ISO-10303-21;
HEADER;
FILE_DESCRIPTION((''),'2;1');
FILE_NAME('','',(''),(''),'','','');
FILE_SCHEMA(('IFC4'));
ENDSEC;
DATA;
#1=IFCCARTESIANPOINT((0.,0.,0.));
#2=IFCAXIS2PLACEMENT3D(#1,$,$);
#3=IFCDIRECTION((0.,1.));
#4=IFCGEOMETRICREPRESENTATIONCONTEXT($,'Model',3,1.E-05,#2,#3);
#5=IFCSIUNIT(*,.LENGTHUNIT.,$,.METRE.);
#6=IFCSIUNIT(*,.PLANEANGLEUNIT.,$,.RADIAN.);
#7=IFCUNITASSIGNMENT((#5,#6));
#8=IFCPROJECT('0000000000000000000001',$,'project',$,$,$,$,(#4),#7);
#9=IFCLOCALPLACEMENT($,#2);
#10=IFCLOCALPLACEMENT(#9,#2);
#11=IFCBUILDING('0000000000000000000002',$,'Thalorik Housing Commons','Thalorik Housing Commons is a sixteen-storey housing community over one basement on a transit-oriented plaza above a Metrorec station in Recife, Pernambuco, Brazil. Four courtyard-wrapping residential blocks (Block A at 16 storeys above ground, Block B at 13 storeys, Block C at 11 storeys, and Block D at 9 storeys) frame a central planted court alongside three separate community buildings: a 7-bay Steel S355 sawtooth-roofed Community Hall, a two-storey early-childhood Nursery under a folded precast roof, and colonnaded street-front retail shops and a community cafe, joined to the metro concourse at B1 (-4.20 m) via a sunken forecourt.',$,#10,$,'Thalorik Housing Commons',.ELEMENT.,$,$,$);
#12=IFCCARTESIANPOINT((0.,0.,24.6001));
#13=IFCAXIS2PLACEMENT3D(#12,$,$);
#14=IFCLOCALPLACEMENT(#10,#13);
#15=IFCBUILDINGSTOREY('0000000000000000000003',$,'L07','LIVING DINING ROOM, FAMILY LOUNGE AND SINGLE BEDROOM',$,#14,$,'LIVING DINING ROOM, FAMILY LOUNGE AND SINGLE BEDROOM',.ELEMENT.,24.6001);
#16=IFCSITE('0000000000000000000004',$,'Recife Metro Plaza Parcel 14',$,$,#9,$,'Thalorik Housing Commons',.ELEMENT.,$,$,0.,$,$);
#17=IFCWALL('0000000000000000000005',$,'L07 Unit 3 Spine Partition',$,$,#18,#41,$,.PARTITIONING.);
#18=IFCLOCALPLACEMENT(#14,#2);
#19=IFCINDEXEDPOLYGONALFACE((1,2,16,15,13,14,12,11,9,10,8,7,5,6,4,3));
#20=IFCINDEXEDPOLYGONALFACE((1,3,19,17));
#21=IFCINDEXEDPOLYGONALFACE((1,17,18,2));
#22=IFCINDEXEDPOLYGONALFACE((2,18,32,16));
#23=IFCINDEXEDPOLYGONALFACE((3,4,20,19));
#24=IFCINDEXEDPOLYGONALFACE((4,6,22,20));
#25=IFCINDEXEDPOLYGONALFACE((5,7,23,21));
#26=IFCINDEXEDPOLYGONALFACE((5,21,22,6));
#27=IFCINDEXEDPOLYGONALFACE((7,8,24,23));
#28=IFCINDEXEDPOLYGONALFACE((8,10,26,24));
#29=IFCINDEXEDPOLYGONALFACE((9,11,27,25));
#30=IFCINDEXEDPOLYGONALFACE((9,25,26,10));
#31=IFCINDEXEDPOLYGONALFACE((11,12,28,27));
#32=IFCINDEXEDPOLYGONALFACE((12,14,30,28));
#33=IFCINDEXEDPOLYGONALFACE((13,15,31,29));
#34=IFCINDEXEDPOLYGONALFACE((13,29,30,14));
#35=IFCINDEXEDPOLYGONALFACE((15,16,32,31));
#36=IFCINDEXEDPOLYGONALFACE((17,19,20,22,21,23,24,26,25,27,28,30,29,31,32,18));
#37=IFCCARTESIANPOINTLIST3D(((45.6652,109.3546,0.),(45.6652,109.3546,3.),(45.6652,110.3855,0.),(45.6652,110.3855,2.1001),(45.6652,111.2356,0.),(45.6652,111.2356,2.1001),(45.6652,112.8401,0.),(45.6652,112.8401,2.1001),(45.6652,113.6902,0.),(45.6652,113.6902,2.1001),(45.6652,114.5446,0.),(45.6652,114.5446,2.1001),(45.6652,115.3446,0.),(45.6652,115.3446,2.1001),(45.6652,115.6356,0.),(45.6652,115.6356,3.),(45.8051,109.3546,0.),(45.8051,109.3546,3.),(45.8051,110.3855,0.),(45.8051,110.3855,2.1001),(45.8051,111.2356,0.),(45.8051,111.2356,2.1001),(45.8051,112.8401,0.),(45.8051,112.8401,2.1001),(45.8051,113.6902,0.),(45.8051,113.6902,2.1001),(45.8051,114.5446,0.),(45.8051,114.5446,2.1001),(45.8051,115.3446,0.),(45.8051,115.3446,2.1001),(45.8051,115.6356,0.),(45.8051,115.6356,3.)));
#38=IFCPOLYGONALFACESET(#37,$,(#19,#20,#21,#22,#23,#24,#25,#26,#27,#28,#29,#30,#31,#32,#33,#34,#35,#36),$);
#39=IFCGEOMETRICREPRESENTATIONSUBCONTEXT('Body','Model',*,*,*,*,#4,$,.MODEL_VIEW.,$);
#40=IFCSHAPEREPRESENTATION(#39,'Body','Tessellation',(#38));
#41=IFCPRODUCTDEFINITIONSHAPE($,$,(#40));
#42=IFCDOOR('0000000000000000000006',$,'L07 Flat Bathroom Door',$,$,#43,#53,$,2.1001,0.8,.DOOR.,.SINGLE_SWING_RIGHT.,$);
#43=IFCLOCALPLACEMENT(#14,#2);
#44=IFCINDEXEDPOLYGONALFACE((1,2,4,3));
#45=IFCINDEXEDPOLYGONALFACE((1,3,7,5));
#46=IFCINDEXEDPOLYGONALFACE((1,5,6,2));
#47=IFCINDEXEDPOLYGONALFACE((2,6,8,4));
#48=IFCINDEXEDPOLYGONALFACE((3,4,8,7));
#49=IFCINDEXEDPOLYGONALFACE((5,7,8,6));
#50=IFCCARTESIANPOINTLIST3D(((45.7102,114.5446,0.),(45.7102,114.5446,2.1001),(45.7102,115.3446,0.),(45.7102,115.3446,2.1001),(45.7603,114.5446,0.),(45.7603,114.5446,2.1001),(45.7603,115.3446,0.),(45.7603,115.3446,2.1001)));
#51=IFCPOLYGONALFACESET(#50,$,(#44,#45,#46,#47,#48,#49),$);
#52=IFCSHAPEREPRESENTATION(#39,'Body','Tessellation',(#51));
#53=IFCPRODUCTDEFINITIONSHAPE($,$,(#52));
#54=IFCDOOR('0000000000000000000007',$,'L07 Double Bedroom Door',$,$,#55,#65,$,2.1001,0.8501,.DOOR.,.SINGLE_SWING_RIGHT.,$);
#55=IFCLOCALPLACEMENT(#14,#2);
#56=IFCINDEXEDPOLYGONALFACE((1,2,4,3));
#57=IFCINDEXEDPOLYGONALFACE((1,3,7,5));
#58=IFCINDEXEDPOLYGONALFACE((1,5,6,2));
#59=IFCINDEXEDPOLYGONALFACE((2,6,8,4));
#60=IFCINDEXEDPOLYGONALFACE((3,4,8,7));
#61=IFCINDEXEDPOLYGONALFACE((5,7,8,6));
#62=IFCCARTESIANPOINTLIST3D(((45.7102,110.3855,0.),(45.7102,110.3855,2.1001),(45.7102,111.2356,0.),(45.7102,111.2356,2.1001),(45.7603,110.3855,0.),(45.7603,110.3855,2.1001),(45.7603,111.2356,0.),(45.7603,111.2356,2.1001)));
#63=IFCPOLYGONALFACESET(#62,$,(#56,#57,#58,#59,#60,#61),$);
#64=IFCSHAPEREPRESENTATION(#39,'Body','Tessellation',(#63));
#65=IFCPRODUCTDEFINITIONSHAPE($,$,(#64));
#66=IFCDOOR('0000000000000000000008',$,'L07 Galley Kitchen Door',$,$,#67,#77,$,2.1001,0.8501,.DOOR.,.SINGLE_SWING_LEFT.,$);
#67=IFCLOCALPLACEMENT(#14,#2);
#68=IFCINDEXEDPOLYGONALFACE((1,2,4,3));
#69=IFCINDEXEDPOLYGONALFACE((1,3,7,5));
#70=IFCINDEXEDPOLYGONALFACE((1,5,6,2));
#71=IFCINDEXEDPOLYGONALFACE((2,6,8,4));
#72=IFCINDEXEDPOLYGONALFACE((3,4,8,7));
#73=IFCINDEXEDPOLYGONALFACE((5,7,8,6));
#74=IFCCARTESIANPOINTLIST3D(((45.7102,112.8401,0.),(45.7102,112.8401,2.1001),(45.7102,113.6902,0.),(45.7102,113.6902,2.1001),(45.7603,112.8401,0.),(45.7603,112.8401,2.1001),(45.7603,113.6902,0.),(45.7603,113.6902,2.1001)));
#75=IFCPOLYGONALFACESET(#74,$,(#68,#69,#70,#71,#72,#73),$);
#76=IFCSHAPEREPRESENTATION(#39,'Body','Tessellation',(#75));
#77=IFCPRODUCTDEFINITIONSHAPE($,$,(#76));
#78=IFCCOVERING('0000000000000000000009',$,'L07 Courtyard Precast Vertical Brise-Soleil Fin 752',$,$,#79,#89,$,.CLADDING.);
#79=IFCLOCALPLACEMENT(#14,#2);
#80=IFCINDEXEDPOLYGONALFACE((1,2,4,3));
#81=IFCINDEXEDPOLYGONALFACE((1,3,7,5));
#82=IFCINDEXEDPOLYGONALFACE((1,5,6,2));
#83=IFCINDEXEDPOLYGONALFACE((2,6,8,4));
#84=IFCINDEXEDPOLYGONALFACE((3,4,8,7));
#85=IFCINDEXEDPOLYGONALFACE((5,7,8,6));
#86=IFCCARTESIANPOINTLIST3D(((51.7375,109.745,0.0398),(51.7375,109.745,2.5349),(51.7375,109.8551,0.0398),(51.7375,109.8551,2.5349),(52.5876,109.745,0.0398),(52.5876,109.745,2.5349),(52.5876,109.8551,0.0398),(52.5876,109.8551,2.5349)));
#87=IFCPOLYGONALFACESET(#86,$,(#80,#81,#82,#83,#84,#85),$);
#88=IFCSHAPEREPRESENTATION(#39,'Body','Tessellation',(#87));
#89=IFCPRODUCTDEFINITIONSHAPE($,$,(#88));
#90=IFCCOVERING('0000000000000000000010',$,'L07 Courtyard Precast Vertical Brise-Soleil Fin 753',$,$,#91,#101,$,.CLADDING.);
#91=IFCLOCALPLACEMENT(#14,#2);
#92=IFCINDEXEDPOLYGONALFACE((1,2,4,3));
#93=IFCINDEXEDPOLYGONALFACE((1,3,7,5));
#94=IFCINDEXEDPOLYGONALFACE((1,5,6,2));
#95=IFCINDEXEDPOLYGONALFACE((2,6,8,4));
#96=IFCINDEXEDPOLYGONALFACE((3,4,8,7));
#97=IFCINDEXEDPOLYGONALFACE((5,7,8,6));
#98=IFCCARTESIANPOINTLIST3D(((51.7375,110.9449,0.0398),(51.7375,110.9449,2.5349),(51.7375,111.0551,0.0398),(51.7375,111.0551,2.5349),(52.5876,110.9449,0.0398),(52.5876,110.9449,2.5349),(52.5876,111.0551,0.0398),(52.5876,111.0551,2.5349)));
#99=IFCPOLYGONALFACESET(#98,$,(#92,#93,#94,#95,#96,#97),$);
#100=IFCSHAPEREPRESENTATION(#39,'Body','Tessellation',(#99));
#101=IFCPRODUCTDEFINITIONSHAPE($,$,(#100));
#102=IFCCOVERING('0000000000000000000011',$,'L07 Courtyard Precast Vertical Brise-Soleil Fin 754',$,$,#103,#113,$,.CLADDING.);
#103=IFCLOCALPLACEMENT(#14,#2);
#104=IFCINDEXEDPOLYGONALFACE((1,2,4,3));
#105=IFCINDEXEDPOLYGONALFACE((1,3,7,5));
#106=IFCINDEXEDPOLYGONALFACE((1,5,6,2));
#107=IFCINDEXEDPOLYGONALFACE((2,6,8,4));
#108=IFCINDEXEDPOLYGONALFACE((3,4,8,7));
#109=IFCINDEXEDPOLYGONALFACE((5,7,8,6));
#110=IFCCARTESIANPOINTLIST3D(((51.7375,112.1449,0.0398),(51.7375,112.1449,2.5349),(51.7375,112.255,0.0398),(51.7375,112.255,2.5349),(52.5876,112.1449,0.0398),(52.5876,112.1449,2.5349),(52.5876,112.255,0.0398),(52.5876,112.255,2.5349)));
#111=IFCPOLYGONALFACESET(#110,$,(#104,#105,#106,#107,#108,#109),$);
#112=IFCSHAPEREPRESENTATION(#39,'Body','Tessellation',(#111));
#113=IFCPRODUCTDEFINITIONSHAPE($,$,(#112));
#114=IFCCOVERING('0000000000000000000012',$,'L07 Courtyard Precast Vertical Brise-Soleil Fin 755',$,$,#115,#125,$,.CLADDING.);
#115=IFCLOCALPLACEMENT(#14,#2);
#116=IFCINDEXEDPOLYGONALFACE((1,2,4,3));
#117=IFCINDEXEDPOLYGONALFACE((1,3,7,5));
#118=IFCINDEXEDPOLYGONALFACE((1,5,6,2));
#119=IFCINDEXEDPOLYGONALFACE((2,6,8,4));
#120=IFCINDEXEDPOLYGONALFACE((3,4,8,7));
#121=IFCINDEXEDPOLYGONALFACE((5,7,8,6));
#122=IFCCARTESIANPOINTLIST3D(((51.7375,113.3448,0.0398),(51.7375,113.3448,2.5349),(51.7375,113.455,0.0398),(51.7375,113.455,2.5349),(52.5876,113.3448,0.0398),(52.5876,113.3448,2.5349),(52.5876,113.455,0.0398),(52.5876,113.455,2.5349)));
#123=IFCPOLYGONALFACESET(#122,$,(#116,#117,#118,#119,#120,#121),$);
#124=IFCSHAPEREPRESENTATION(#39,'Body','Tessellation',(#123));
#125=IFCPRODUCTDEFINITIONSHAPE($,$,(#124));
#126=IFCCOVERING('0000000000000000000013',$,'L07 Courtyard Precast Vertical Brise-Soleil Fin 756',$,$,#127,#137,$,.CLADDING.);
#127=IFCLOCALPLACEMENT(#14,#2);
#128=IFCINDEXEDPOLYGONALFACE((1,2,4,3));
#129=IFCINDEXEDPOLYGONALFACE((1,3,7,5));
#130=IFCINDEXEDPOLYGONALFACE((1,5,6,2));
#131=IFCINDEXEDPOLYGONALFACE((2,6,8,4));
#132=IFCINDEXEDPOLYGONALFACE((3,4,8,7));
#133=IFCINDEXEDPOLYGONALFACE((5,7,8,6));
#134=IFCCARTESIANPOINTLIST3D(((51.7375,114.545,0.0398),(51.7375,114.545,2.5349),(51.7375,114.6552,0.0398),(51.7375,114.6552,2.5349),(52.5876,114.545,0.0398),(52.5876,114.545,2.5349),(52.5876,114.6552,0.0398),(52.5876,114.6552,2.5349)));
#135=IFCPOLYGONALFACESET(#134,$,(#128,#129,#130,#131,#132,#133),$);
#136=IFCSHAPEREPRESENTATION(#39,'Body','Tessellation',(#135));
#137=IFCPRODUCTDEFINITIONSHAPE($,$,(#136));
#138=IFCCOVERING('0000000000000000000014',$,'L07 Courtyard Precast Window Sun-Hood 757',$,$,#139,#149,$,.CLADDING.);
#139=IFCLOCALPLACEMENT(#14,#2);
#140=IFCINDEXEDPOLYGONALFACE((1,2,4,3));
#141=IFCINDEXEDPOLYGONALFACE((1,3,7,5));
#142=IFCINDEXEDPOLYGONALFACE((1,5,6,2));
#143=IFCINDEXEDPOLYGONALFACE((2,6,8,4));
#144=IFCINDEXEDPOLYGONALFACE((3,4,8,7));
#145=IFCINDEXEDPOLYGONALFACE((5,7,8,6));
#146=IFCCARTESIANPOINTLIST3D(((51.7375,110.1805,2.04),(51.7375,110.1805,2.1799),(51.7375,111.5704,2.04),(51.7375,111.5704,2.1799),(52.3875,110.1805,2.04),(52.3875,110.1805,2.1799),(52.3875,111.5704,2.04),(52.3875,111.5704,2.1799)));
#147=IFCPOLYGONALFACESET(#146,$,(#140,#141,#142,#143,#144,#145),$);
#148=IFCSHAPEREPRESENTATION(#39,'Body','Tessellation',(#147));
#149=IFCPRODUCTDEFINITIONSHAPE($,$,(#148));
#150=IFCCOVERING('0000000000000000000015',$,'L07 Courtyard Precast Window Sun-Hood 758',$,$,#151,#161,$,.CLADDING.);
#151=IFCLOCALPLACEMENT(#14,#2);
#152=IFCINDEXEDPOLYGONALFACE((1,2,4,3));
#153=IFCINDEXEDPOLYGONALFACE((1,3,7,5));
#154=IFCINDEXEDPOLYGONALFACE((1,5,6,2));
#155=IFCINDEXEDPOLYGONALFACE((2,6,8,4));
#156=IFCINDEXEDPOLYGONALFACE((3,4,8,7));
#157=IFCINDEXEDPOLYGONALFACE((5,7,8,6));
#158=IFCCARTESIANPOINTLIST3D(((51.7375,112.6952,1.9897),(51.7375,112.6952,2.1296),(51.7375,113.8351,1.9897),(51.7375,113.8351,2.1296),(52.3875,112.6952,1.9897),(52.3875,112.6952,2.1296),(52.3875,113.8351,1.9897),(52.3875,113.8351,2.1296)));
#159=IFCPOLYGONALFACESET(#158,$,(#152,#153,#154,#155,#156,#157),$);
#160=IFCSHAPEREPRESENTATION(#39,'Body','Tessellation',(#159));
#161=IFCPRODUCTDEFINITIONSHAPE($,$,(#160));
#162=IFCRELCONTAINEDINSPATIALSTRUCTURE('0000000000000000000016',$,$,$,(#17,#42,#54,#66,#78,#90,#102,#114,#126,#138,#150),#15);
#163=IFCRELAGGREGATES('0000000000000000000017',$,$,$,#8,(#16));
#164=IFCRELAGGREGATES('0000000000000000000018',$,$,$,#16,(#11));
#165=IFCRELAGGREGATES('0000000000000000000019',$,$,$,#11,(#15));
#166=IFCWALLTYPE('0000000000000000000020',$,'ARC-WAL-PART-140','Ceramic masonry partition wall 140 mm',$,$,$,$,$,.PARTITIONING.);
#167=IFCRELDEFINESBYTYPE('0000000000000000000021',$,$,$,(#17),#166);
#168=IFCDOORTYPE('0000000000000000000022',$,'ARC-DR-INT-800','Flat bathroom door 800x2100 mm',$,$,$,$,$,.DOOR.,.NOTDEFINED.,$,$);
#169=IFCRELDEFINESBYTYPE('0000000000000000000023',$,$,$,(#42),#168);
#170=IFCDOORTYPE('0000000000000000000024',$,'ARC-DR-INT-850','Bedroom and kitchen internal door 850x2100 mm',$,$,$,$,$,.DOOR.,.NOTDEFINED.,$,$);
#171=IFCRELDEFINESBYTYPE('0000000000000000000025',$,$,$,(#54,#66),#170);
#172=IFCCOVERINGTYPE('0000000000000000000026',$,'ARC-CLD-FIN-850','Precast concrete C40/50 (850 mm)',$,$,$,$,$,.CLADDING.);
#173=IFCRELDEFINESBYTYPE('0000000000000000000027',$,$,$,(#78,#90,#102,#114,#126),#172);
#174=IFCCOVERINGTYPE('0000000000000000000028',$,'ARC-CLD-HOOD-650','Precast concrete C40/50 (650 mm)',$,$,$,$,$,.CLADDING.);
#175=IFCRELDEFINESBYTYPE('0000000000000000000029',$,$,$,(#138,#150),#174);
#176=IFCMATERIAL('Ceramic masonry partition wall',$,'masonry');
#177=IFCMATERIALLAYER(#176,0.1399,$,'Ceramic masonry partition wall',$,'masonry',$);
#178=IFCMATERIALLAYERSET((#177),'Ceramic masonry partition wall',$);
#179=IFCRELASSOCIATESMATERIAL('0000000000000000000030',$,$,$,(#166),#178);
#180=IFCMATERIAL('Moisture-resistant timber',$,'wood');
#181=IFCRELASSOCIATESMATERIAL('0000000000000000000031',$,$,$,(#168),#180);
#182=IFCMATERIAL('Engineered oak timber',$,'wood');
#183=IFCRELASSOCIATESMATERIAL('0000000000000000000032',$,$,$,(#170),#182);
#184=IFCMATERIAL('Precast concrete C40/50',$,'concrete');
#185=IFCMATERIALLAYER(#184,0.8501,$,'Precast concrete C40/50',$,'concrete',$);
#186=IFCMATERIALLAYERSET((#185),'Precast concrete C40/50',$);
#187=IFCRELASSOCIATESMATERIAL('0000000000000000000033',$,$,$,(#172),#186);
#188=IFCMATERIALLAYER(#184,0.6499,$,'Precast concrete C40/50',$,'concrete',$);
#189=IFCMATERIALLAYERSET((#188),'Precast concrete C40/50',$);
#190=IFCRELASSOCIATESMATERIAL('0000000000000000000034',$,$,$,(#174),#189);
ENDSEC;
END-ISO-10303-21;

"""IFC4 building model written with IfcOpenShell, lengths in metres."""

from ifc_helpers import new_model, si_unit, direction, frame, frame_2d, origin, origin_2d, place, context, subcontext, project, spatial, rectangle, extrude, material, layer, layer_set, type_object, element, fill, save


model = new_model("IFC4")

# Units and contexts
model_context = context("Model", 3, precision=1e-05, world=origin(), true_north=direction((0.0, 1.0)))
body_context = subcontext(model_context, "Body", "Model", "MODEL_VIEW")
ifc_project = project(units=[si_unit("LENGTHUNIT", "METRE"), si_unit("PLANEANGLEUNIT", "RADIAN")], contexts=[model_context])

# Site, building, storey
site_placement = place(None, origin())
site = spatial("IfcSite", under=ifc_project, at=site_placement, Name="Recife Metro Plaza Parcel 14", LongName="Thalorik Housing Commons", CompositionType="ELEMENT", RefElevation=0.0)
building_placement = place(site_placement, origin())
building = spatial("IfcBuilding", under=site, at=building_placement, Name="Thalorik Housing Commons", Description="Thalorik Housing Commons is a sixteen-storey housing community over one basement on a transit-oriented plaza above a Metrorec station in Recife, Pernambuco, Brazil. Four courtyard-wrapping residential blocks (Block A at 16 storeys above ground, Block B at 13 storeys, Block C at 11 storeys, and Block D at 9 storeys) frame a central planted court alongside three separate community buildings: a 7-bay Steel S355 sawtooth-roofed Community Hall, a two-storey early-childhood Nursery under a folded precast roof, and colonnaded street-front retail shops and a community cafe, joined to the metro concourse at B1 (-4.20 m) via a sunken forecourt.", LongName="Thalorik Housing Commons", CompositionType="ELEMENT")
storey_placement = place(building_placement, frame((0.0, 0.0, 24.6001)))
storey = spatial("IfcBuildingStorey", under=building, at=storey_placement, Name="L07", Description="LIVING DINING ROOM, FAMILY LOUNGE AND SINGLE BEDROOM", LongName="LIVING DINING ROOM, FAMILY LOUNGE AND SINGLE BEDROOM", CompositionType="ELEMENT", Elevation=24.6001)

# Shared definitions
ifc_material_1 = material(Name="Precast concrete C40/50", Category="concrete")

# Wall, openings, doors
ifc_material_2 = material(Name="Ceramic masonry partition wall", Category="masonry")
ifc_layer_1 = layer(ifc_material_2, 0.1399, Name="Ceramic masonry partition wall", Category="masonry")
ifc_layer_set_1 = layer_set([ifc_layer_1], Name="Ceramic masonry partition wall")
wall_type_1 = type_object("IfcWallType", Name="ARC-WAL-PART-140", Description="Ceramic masonry partition wall 140 mm", PredefinedType="PARTITIONING", material=ifc_layer_set_1)
wall_1_placement = place(storey_placement, frame((45.7351, 109.3545, 0.0), z_axis=(0.0, 0.0, 1.0), x_axis=(0.0, 1.0, 0.0)))
wall_1 = element("IfcWall", 1, at=wall_1_placement, inside=storey, type_object=wall_type_1, Name="L07 Unit 3 Spine Partition", PredefinedType="PARTITIONING", context=body_context, shape_type="SweptSolid", body=[
    extrude(rectangle(XDim=6.281, YDim=0.1399, at=frame_2d((3.1406, 0.0))), origin(), (0.0, 0.0, 1.0), 3.0),
])
opening_1_placement = place(wall_1_placement, frame((1.031, 0.0, 0.0)))
opening_1 = element("IfcOpeningElement", 2, at=opening_1_placement, cuts=wall_1, PredefinedType="OPENING", context=body_context, shape_type="SweptSolid", body=[
    extrude(rectangle(XDim=0.8501, YDim=2.1001, at=frame_2d((0.425, 1.05))), frame((0.0, 0.0801, 0.0), z_axis=(0.0, -1.0, 0.0), x_axis=(1.0, 0.0, 0.0)), (0.0, 0.0, 1.0), 0.1599),
])
opening_2_placement = place(wall_1_placement, frame((3.4856, 0.0, 0.0)))
opening_2 = element("IfcOpeningElement", 3, at=opening_2_placement, cuts=wall_1, PredefinedType="OPENING", context=body_context, shape_type="SweptSolid", body=[
    extrude(rectangle(XDim=0.8501, YDim=2.1001, at=frame_2d((0.425, 1.05))), frame((0.0, 0.0801, 0.0), z_axis=(0.0, -1.0, 0.0), x_axis=(1.0, 0.0, 0.0)), (0.0, 0.0, 1.0), 0.1599),
])
opening_3_placement = place(wall_1_placement, frame((5.1902, 0.0, 0.0)))
opening_3 = element("IfcOpeningElement", 4, at=opening_3_placement, cuts=wall_1, PredefinedType="OPENING", context=body_context, shape_type="SweptSolid", body=[
    extrude(rectangle(XDim=0.8, YDim=2.1001, at=frame_2d((0.3999, 1.05))), frame((0.0, 0.0801, 0.0), z_axis=(0.0, -1.0, 0.0), x_axis=(1.0, 0.0, 0.0)), (0.0, 0.0, 1.0), 0.1599),
])
ifc_material_3 = material(Name="Moisture-resistant timber", Category="wood")
door_type_1 = type_object("IfcDoorType", Name="ARC-DR-INT-800", Description="Flat bathroom door 800x2100 mm", OperationType="NOTDEFINED", PredefinedType="DOOR", material=ifc_material_3)
door_1_placement = place(opening_3_placement, origin())
door_1 = element("IfcDoor", 5, at=door_1_placement, inside=storey, type_object=door_type_1, Name="L07 Flat Bathroom Door", OperationType="SINGLE_SWING_RIGHT", OverallHeight=2.1001, OverallWidth=0.8, PredefinedType="DOOR", context=body_context, shape_type="SweptSolid", body=[
    extrude(rectangle(XDim=0.8, YDim=2.1001, at=frame_2d((0.3999, 1.05))), frame((0.0, 0.0249, 0.0), z_axis=(0.0, -1.0, 0.0), x_axis=(1.0, 0.0, 0.0)), (0.0, 0.0, 1.0), 0.05),
])
fill(opening_3, door_1)
ifc_material_4 = material(Name="Engineered oak timber", Category="wood")
door_type_2 = type_object("IfcDoorType", Name="ARC-DR-INT-850", Description="Bedroom and kitchen internal door 850x2100 mm", OperationType="NOTDEFINED", PredefinedType="DOOR", material=ifc_material_4)
door_2_placement = place(opening_1_placement, origin())
door_2 = element("IfcDoor", 6, at=door_2_placement, inside=storey, type_object=door_type_2, Name="L07 Double Bedroom Door", OperationType="SINGLE_SWING_RIGHT", OverallHeight=2.1001, OverallWidth=0.8501, PredefinedType="DOOR", context=body_context, shape_type="SweptSolid", body=[
    extrude(rectangle(XDim=0.8501, YDim=2.1001, at=frame_2d((0.425, 1.05))), frame((0.0, 0.0249, 0.0), z_axis=(0.0, -1.0, 0.0), x_axis=(1.0, 0.0, 0.0)), (0.0, 0.0, 1.0), 0.05),
])
fill(opening_1, door_2)
door_3_placement = place(opening_2_placement, origin())
door_3 = element("IfcDoor", 7, at=door_3_placement, inside=storey, type_object=door_type_2, Name="L07 Galley Kitchen Door", OperationType="SINGLE_SWING_LEFT", OverallHeight=2.1001, OverallWidth=0.8501, PredefinedType="DOOR", context=body_context, shape_type="SweptSolid", body=[
    extrude(rectangle(XDim=0.8501, YDim=2.1001, at=frame_2d((0.425, 1.05))), frame((0.0, 0.0249, 0.0), z_axis=(0.0, -1.0, 0.0), x_axis=(1.0, 0.0, 0.0)), (0.0, 0.0, 1.0), 0.05),
])
fill(opening_2, door_3)

# Coverings
ifc_layer_2 = layer(ifc_material_1, 0.8501, Name="Precast concrete C40/50", Category="concrete")
ifc_layer_set_2 = layer_set([ifc_layer_2], Name="Precast concrete C40/50")
covering_type_1 = type_object("IfcCoveringType", Name="ARC-CLD-FIN-850", Description="Precast concrete C40/50 (850 mm)", PredefinedType="CLADDING", material=ifc_layer_set_2)
for number, where, z_axis, x_axis, name in (
    (8, (52.1626, 109.8, 0.0398), (0.0, 0.0, 1.0), (0.0, 1.0, 0.0), "L07 Courtyard Precast Vertical Brise-Soleil Fin 752"),
    (9, (52.1626, 111.0, 0.0398), (0.0, 0.0, 1.0), (0.0, 1.0, 0.0), "L07 Courtyard Precast Vertical Brise-Soleil Fin 753"),
    (10, (52.1626, 112.2, 0.0398), (0.0, 0.0, 1.0), (0.0, 1.0, 0.0), "L07 Courtyard Precast Vertical Brise-Soleil Fin 754"),
    (11, (52.1626, 113.3999, 0.0398), (0.0, 0.0, 1.0), (0.0, 1.0, 0.0), "L07 Courtyard Precast Vertical Brise-Soleil Fin 755"),
    (12, (52.1626, 114.6001, 0.0398), (0.0, 0.0, 1.0), (0.0, 1.0, 0.0), "L07 Courtyard Precast Vertical Brise-Soleil Fin 756"),
):
    element("IfcCovering", number, at=place(storey_placement, frame(where, z_axis=z_axis, x_axis=x_axis)), inside=storey, type_object=covering_type_1, Name=name, PredefinedType="CLADDING", context=body_context, shape_type="SweptSolid", body=[
        extrude(rectangle(XDim=0.1101, YDim=0.8501, at=origin_2d()), origin(), (0.0, 0.0, 1.0), 2.4951),
    ])
ifc_layer_3 = layer(ifc_material_1, 0.6499, Name="Precast concrete C40/50", Category="concrete")
ifc_layer_set_3 = layer_set([ifc_layer_3], Name="Precast concrete C40/50")
covering_type_2 = type_object("IfcCoveringType", Name="ARC-CLD-HOOD-650", Description="Precast concrete C40/50 (650 mm)", PredefinedType="CLADDING", material=ifc_layer_set_3)
covering_1_placement = place(storey_placement, frame((52.0625, 110.8755, 2.04), z_axis=(0.0, 0.0, 1.0), x_axis=(0.0, 1.0, 0.0)))
element("IfcCovering", 13, at=covering_1_placement, inside=storey, type_object=covering_type_2, Name="L07 Courtyard Precast Window Sun-Hood 757", PredefinedType="CLADDING", context=body_context, shape_type="SweptSolid", body=[
    extrude(rectangle(XDim=1.3899, YDim=0.6499, at=origin_2d()), origin(), (0.0, 0.0, 1.0), 0.1399),
])
covering_2_placement = place(storey_placement, frame((52.0625, 113.2651, 1.9897), z_axis=(0.0, 0.0, 1.0), x_axis=(0.0, 1.0, 0.0)))
element("IfcCovering", 14, at=covering_2_placement, inside=storey, type_object=covering_type_2, Name="L07 Courtyard Precast Window Sun-Hood 758", PredefinedType="CLADDING", context=body_context, shape_type="SweptSolid", body=[
    extrude(rectangle(XDim=1.1399, YDim=0.6499, at=origin_2d()), origin(), (0.0, 0.0, 1.0), 0.1399),
])

save(model, "model.ifc")
